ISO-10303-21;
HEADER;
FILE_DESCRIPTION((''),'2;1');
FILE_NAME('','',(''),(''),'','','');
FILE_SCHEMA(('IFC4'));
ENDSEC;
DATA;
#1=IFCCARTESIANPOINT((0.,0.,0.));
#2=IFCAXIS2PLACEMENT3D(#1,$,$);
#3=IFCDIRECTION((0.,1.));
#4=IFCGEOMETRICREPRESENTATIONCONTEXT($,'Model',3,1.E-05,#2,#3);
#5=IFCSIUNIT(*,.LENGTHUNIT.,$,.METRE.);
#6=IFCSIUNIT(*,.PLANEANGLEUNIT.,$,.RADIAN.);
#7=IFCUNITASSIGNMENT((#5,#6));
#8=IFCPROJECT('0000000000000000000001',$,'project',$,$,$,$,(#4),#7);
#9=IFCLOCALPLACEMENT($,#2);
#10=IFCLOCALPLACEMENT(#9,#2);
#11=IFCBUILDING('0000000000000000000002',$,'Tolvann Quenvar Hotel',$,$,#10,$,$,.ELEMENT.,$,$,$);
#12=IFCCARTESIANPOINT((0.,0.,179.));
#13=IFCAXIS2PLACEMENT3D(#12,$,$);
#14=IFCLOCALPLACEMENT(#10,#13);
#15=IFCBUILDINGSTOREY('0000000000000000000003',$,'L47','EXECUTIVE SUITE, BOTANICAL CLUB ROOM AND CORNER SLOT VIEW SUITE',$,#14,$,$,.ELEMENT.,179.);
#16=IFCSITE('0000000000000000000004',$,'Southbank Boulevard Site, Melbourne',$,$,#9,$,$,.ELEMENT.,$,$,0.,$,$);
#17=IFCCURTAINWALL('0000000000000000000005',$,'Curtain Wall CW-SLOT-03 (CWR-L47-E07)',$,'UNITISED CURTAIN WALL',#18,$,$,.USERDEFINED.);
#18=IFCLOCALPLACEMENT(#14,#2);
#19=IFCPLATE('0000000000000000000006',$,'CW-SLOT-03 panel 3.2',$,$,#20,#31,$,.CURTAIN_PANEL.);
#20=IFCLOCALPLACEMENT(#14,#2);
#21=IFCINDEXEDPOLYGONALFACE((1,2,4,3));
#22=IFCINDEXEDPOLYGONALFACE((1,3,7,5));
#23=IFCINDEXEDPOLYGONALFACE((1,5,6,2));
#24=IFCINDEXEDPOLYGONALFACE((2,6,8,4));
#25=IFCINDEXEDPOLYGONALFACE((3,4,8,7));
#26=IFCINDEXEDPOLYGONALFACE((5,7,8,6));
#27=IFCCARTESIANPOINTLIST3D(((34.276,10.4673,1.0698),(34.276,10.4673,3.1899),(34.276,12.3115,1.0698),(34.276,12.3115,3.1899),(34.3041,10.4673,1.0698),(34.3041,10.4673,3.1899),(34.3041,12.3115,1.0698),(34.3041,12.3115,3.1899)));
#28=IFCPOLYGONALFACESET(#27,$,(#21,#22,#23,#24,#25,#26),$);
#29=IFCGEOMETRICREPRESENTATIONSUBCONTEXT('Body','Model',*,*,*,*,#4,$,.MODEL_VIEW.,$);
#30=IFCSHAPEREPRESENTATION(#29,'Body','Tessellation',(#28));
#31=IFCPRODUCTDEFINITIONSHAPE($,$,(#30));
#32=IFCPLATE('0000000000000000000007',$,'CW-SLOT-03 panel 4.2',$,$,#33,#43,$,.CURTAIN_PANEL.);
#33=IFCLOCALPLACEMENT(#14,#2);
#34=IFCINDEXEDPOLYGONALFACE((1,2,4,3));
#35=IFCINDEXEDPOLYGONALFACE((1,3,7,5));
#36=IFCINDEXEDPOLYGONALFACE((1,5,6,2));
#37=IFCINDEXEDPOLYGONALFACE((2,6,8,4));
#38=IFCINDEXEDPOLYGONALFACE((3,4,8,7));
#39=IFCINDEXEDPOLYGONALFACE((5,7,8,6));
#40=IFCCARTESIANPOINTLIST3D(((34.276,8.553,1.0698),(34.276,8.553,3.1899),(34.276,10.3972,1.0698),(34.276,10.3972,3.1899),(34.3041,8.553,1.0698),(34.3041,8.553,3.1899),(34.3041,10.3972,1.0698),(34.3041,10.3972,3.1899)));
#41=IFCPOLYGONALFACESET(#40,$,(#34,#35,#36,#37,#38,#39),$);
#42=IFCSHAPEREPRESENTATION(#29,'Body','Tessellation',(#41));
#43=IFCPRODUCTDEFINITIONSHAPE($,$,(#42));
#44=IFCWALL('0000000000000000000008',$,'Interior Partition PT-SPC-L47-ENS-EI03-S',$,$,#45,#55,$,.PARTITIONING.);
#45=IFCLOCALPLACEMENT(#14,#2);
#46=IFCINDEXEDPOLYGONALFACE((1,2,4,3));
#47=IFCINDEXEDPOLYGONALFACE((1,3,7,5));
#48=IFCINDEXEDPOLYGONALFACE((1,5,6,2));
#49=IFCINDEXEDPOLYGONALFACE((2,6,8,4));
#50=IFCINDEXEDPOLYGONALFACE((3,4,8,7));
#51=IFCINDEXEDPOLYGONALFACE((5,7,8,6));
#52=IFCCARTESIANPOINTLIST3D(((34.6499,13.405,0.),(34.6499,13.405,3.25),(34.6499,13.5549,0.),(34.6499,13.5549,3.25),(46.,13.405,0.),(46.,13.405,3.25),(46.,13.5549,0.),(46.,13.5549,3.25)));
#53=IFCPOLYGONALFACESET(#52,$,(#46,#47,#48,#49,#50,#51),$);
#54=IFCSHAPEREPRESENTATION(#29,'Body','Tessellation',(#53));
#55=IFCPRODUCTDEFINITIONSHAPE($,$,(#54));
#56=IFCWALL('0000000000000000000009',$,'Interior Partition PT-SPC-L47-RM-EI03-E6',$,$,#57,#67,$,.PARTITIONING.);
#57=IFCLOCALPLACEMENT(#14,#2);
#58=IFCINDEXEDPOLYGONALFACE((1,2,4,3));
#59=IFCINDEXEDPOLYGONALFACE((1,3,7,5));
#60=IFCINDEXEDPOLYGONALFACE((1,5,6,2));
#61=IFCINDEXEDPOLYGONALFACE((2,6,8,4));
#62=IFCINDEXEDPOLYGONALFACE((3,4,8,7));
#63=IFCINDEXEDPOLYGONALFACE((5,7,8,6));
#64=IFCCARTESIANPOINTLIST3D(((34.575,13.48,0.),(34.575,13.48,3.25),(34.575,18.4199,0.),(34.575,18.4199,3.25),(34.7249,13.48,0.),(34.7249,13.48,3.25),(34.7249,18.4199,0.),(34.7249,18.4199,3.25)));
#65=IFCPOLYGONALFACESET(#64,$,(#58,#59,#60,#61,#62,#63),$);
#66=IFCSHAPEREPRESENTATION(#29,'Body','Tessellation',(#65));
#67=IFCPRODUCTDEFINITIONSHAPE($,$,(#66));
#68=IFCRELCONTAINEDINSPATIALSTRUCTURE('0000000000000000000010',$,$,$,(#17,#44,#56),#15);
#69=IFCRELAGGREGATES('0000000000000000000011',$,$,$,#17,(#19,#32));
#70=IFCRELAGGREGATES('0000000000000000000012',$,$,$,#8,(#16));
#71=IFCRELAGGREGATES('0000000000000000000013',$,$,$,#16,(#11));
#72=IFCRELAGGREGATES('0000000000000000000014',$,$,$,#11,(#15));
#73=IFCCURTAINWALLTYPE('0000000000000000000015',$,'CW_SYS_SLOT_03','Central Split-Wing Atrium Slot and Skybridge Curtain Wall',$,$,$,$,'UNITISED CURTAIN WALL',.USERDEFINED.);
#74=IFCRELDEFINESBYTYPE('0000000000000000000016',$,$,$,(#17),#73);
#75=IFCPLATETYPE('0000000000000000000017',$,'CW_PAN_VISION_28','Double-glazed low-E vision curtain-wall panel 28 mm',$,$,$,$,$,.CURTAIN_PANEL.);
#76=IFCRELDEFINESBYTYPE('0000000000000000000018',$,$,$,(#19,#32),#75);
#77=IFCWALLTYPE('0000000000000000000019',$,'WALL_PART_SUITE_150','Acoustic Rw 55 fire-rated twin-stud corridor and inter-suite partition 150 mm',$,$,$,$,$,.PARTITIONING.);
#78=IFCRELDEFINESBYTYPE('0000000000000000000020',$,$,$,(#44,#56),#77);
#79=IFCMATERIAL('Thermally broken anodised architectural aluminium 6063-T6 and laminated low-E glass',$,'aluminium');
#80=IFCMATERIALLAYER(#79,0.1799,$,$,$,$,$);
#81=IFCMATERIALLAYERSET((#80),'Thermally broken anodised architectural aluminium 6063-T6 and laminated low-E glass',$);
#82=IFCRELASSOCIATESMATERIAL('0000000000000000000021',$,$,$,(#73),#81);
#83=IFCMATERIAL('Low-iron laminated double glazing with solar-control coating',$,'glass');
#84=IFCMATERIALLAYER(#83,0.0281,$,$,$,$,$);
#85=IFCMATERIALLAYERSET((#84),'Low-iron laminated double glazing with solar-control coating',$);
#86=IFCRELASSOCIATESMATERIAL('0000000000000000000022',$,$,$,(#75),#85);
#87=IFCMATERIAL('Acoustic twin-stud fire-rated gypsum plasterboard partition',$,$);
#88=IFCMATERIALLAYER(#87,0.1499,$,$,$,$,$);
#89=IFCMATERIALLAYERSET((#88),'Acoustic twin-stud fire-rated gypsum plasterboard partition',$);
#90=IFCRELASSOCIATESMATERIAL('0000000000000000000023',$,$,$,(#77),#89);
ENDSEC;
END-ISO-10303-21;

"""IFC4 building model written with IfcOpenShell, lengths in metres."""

from ifc_helpers import new_model, si_unit, direction, frame, frame_2d, origin, origin_2d, place, context, subcontext, project, spatial, rectangle, extrude, source, transform, mapped, material, layer, layer_set, type_object, element, aggregate, save


model = new_model("IFC4")

# Units and contexts
model_context = context("Model", 3, precision=1e-05, world=origin(), true_north=direction((0.0, 1.0)))
body_context = subcontext(model_context, "Body", "Model", "MODEL_VIEW")
ifc_project = project(units=[si_unit("LENGTHUNIT", "METRE"), si_unit("PLANEANGLEUNIT", "RADIAN")], contexts=[model_context])

# Site, building, storey
site_placement = place(None, origin())
site = spatial("IfcSite", under=ifc_project, at=site_placement, Name="Southbank Boulevard Site, Melbourne", CompositionType="ELEMENT", RefElevation=0.0)
building_placement = place(site_placement, origin())
building = spatial("IfcBuilding", under=site, at=building_placement, Name="Tolvann Quenvar Hotel", CompositionType="ELEMENT")
storey_placement = place(building_placement, frame((0.0, 0.0, 179.0)))
storey = spatial("IfcBuildingStorey", under=building, at=storey_placement, Name="L47", Description="EXECUTIVE SUITE, BOTANICAL CLUB ROOM AND CORNER SLOT VIEW SUITE", CompositionType="ELEMENT", Elevation=179.0)

# Curtain wall, plates
ifc_material_1 = material(Name="Thermally broken anodised architectural aluminium 6063-T6 and laminated low-E glass", Category="aluminium")
ifc_layer_1 = layer(ifc_material_1, 0.1799)
ifc_layer_set_1 = layer_set([ifc_layer_1], Name="Thermally broken anodised architectural aluminium 6063-T6 and laminated low-E glass")
curtain_wall_type = type_object("IfcCurtainWallType", Name="CW_SYS_SLOT_03", Description="Central Split-Wing Atrium Slot and Skybridge Curtain Wall", ElementType="UNITISED CURTAIN WALL", PredefinedType="USERDEFINED", material=ifc_layer_set_1)
curtain_wall_placement = place(storey_placement, origin())
curtain_wall = element("IfcCurtainWall", 1, at=curtain_wall_placement, inside=storey, type_object=curtain_wall_type, Name="Curtain Wall CW-SLOT-03 (CWR-L47-E07)", ObjectType="UNITISED CURTAIN WALL", PredefinedType="USERDEFINED")
ifc_material_2 = material(Name="Low-iron laminated double glazing with solar-control coating", Category="glass")
ifc_layer_2 = layer(ifc_material_2, 0.0281)
ifc_layer_set_2 = layer_set([ifc_layer_2], Name="Low-iron laminated double glazing with solar-control coating")
plate_type = type_object("IfcPlateType", Name="CW_PAN_VISION_28", Description="Double-glazed low-E vision curtain-wall panel 28 mm", PredefinedType="CURTAIN_PANEL", material=ifc_layer_set_2)
shared_shape_1 = source(origin(), body_context, "Body", "SweptSolid", [
    extrude(rectangle(XDim=1.8442, YDim=0.0281, at=origin_2d()), origin(), (0.0, 0.0, 1.0), 2.1201),
])
plate_1_placement = place(storey_placement, frame((34.29, 11.3894, 1.0698), z_axis=(0.0, 0.0, 1.0), x_axis=(0.0, -1.0, 0.0)))
plate_1 = element("IfcPlate", 2, at=plate_1_placement, type_object=plate_type, Name="CW-SLOT-03 panel 3.2", PredefinedType="CURTAIN_PANEL", context=body_context, shape_type="MappedRepresentation", body=[
    mapped(shared_shape_1, transform((0.0, 0.0, 0.0), x_axis=(1.0, 0.0, 0.0), y_axis=(0.0, 1.0, 0.0), z_axis=(0.0, 0.0, 1.0), scale=1.0)),
])
plate_2_placement = place(storey_placement, frame((34.29, 9.4751, 1.0698), z_axis=(0.0, 0.0, 1.0), x_axis=(0.0, -1.0, 0.0)))
plate_2 = element("IfcPlate", 3, at=plate_2_placement, type_object=plate_type, Name="CW-SLOT-03 panel 4.2", PredefinedType="CURTAIN_PANEL", context=body_context, shape_type="MappedRepresentation", body=[
    mapped(shared_shape_1, transform((0.0, 0.0, 0.0), x_axis=(1.0, 0.0, 0.0), y_axis=(0.0, 1.0, 0.0), z_axis=(0.0, 0.0, 1.0), scale=1.0)),
])
aggregate(curtain_wall, [plate_1, plate_2])

# Walls
ifc_material_3 = material(Name="Acoustic twin-stud fire-rated gypsum plasterboard partition")
ifc_layer_3 = layer(ifc_material_3, 0.1499)
ifc_layer_set_3 = layer_set([ifc_layer_3], Name="Acoustic twin-stud fire-rated gypsum plasterboard partition")
wall_type = type_object("IfcWallType", Name="WALL_PART_SUITE_150", Description="Acoustic Rw 55 fire-rated twin-stud corridor and inter-suite partition 150 mm", PredefinedType="PARTITIONING", material=ifc_layer_set_3)
wall_1_placement = place(storey_placement, frame((34.6499, 13.48, 0.0), z_axis=(0.0, 0.0, 1.0), x_axis=(1.0, 0.0, 0.0)))
element("IfcWall", 4, at=wall_1_placement, inside=storey, type_object=wall_type, Name="Interior Partition PT-SPC-L47-ENS-EI03-S", PredefinedType="PARTITIONING", context=body_context, shape_type="SweptSolid", body=[
    extrude(rectangle(XDim=11.3501, YDim=0.1499, at=frame_2d((5.675, 0.0))), origin(), (0.0, 0.0, 1.0), 3.25),
])
wall_2_placement = place(storey_placement, frame((34.6499, 13.48, 0.0), z_axis=(0.0, 0.0, 1.0), x_axis=(0.0, 1.0, 0.0)))
element("IfcWall", 5, at=wall_2_placement, inside=storey, type_object=wall_type, Name="Interior Partition PT-SPC-L47-RM-EI03-E6", PredefinedType="PARTITIONING", context=body_context, shape_type="SweptSolid", body=[
    extrude(rectangle(XDim=4.9399, YDim=0.1499, at=frame_2d((2.47, 0.0))), origin(), (0.0, 0.0, 1.0), 3.25),
])

save(model, "model.ifc")
